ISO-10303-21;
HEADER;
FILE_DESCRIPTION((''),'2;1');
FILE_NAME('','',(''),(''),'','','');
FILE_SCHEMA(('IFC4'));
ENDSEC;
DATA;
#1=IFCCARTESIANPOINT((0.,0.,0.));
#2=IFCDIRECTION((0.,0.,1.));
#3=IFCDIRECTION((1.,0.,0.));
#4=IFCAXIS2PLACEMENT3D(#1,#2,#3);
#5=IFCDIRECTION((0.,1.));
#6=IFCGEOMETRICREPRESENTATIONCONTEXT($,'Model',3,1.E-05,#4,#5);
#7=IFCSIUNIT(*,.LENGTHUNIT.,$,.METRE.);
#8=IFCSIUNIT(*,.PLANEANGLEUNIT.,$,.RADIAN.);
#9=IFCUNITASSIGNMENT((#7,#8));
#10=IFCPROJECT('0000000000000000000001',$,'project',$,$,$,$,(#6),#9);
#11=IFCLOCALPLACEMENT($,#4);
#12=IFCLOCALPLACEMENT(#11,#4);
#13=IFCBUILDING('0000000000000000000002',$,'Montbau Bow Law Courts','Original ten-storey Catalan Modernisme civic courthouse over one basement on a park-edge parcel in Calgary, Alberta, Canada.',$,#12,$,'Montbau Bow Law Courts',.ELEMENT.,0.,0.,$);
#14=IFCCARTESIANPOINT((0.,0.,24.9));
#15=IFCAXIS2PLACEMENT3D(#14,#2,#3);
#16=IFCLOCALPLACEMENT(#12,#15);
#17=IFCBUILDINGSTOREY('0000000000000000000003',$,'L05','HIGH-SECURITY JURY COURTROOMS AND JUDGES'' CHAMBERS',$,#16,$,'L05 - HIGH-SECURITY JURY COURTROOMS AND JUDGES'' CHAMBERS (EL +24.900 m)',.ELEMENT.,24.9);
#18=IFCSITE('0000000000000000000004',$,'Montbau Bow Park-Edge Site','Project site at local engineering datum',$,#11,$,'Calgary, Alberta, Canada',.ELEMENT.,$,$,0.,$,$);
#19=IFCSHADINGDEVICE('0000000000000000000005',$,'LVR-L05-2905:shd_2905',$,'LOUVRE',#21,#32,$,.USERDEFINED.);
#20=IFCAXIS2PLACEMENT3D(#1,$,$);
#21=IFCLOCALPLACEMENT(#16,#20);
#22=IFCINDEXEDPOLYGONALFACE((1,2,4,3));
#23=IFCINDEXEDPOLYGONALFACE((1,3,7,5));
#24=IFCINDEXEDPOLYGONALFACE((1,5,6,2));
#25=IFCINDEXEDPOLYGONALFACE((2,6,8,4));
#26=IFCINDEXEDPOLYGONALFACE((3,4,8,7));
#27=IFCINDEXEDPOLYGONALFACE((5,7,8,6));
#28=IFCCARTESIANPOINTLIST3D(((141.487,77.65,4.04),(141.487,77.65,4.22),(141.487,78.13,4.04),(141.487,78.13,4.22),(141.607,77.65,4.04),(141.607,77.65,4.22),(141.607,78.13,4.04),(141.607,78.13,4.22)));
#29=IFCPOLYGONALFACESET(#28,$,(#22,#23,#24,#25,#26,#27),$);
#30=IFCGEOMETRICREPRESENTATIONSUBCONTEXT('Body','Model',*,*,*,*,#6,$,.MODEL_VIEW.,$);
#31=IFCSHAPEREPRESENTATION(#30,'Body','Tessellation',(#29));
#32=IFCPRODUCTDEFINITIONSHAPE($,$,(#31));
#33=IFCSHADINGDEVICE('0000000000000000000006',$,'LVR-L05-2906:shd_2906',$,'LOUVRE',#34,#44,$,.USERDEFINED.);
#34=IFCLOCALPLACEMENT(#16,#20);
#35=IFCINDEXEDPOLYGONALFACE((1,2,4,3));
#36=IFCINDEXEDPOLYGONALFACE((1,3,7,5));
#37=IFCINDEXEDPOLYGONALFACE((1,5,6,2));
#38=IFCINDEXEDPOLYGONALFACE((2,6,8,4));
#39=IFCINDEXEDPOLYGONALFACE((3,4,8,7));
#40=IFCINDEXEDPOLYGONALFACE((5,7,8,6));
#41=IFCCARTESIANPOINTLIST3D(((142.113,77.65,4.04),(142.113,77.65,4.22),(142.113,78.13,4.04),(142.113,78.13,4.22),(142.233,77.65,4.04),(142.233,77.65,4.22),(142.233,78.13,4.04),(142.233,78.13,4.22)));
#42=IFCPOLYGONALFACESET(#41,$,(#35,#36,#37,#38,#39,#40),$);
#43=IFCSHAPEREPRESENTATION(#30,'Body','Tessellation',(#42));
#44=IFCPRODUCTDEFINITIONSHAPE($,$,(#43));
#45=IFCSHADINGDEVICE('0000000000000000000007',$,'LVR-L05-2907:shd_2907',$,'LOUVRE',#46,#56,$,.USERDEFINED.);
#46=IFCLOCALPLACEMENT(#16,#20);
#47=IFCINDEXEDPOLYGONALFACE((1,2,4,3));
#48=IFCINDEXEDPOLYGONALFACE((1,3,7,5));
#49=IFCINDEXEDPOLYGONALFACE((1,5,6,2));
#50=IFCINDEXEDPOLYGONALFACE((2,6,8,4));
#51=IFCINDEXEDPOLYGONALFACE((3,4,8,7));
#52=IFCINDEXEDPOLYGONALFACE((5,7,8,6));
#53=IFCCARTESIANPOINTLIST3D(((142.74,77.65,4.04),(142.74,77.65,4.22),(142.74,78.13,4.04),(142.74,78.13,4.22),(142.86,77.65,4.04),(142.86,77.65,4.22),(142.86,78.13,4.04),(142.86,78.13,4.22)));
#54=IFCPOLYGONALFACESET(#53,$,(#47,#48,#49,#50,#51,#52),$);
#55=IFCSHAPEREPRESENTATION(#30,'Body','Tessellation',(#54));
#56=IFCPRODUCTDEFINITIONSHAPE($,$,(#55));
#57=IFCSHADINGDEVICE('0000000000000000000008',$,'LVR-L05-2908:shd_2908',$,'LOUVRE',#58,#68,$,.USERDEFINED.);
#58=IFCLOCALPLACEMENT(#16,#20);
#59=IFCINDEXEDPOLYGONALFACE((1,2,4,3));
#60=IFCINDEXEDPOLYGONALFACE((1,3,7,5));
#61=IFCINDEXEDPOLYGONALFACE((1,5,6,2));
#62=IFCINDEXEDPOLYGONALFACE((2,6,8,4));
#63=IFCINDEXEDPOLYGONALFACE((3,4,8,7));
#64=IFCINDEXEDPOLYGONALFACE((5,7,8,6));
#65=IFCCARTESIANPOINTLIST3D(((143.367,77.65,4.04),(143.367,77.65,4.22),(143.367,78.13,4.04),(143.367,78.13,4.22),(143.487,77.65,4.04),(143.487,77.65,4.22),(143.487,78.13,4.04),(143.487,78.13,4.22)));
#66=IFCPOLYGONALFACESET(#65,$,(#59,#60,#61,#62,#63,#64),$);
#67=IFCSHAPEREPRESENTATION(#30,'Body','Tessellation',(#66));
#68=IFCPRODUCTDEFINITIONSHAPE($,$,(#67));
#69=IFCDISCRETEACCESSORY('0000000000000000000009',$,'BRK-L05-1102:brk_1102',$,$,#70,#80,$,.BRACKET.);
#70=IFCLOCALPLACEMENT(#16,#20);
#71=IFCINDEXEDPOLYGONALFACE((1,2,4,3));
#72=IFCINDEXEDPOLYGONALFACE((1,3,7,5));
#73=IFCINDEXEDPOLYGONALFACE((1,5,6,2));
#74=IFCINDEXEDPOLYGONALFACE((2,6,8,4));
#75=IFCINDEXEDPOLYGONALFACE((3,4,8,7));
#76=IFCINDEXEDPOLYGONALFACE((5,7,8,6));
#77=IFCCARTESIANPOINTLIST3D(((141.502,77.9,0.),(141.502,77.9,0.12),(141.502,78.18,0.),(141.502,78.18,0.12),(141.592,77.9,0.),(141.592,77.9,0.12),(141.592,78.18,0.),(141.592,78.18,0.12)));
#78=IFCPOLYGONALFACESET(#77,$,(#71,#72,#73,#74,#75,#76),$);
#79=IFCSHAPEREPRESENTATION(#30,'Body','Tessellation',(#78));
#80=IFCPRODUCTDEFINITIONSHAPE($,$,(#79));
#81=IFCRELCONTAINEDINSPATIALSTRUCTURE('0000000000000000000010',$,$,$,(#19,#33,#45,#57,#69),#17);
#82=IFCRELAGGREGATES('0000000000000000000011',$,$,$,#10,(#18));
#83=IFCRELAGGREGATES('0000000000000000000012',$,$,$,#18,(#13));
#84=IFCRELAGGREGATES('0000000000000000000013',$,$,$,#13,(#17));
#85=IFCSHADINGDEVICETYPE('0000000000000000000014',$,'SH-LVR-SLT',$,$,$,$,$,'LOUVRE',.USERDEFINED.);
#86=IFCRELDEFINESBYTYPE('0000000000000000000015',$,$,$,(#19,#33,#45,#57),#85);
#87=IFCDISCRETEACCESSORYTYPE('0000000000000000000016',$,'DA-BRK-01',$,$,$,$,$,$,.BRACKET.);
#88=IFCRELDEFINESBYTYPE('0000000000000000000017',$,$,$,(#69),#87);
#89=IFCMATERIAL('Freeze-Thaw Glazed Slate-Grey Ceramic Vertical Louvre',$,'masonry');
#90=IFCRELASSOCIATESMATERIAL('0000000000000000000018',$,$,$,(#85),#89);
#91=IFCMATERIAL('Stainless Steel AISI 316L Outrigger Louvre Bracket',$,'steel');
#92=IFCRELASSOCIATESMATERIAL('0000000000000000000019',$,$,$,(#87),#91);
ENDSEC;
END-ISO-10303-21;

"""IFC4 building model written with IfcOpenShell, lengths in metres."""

from ifc_helpers import new_model, si_unit, direction, frame, origin_with_axes, origin_2d_with_axis, place, context, subcontext, project, spatial, rectangle, extrude, material, type_object, element, save


model = new_model("IFC4")

# Units and contexts
model_context = context("Model", 3, precision=1e-05, world=origin_with_axes(), true_north=direction((0.0, 1.0)))
body_context = subcontext(model_context, "Body", "Model", "MODEL_VIEW")
ifc_project = project(units=[si_unit("LENGTHUNIT", "METRE"), si_unit("PLANEANGLEUNIT", "RADIAN")], contexts=[model_context])

# Site, building, storey
site_placement = place(None, origin_with_axes())
site = spatial("IfcSite", under=ifc_project, at=site_placement, Name="Montbau Bow Park-Edge Site", Description="Project site at local engineering datum", LongName="Calgary, Alberta, Canada", CompositionType="ELEMENT", RefElevation=0.0)
building_placement = place(site_placement, origin_with_axes())
building = spatial("IfcBuilding", under=site, at=building_placement, Name="Montbau Bow Law Courts", Description="Original ten-storey Catalan Modernisme civic courthouse over one basement on a park-edge parcel in Calgary, Alberta, Canada.", LongName="Montbau Bow Law Courts", CompositionType="ELEMENT", ElevationOfRefHeight=0.0, ElevationOfTerrain=0.0)
storey_placement = place(building_placement, frame((0.0, 0.0, 24.9), z_axis=(0.0, 0.0, 1.0), x_axis=(1.0, 0.0, 0.0)))
storey = spatial("IfcBuildingStorey", under=building, at=storey_placement, Name="L05", Description="HIGH-SECURITY JURY COURTROOMS AND JUDGES' CHAMBERS", LongName="L05 - HIGH-SECURITY JURY COURTROOMS AND JUDGES' CHAMBERS (EL +24.900 m)", CompositionType="ELEMENT", Elevation=24.9)

# Shared definitions
ifc_material_1 = material(Name="Freeze-Thaw Glazed Slate-Grey Ceramic Vertical Louvre", Category="masonry")

# Shading devices
shading_device_type = type_object("IfcShadingDeviceType", Name="SH-LVR-SLT", ElementType="LOUVRE", PredefinedType="USERDEFINED", material=ifc_material_1)
for number, where, z_axis, x_axis, name in (
    (1, (141.547, 77.89, 28.94), (0.0, 0.0, 1.0), (0.0, -1.0, 0.0), "LVR-L05-2905:shd_2905"),
    (2, (142.173, 77.89, 28.94), (0.0, 0.0, 1.0), (0.0, -1.0, 0.0), "LVR-L05-2906:shd_2906"),
    (3, (142.8, 77.89, 28.94), (0.0, 0.0, 1.0), (0.0, -1.0, 0.0), "LVR-L05-2907:shd_2907"),
    (4, (143.427, 77.89, 28.94), (0.0, 0.0, 1.0), (0.0, -1.0, 0.0), "LVR-L05-2908:shd_2908"),
):
    element("IfcShadingDevice", number, at=place(None, frame(where, z_axis=z_axis, x_axis=x_axis)), inside=storey, type_object=shading_device_type, Name=name, ObjectType="LOUVRE", PredefinedType="USERDEFINED", context=body_context, shape_type="SweptSolid", body=[
        extrude(rectangle(XDim=0.48, YDim=0.12, at=origin_2d_with_axis()), origin_with_axes(), (0.0, 0.0, 1.0), 0.18),
    ])

# Discrete accessory
ifc_material_2 = material(Name="Stainless Steel AISI 316L Outrigger Louvre Bracket", Category="steel")
discrete_accessory_type = type_object("IfcDiscreteAccessoryType", Name="DA-BRK-01", PredefinedType="BRACKET", material=ifc_material_2)
discrete_accessory_placement = place(None, frame((141.547, 78.04, 24.9), z_axis=(0.0, 0.0, 1.0), x_axis=(0.0, -1.0, 0.0)))
element("IfcDiscreteAccessory", 5, at=discrete_accessory_placement, inside=storey, type_object=discrete_accessory_type, Name="BRK-L05-1102:brk_1102", PredefinedType="BRACKET", context=body_context, shape_type="SweptSolid", body=[
    extrude(rectangle(XDim=0.28, YDim=0.09, at=origin_2d_with_axis()), origin_with_axes(), (0.0, 0.0, 1.0), 0.12),
])

save(model, "model.ifc")
